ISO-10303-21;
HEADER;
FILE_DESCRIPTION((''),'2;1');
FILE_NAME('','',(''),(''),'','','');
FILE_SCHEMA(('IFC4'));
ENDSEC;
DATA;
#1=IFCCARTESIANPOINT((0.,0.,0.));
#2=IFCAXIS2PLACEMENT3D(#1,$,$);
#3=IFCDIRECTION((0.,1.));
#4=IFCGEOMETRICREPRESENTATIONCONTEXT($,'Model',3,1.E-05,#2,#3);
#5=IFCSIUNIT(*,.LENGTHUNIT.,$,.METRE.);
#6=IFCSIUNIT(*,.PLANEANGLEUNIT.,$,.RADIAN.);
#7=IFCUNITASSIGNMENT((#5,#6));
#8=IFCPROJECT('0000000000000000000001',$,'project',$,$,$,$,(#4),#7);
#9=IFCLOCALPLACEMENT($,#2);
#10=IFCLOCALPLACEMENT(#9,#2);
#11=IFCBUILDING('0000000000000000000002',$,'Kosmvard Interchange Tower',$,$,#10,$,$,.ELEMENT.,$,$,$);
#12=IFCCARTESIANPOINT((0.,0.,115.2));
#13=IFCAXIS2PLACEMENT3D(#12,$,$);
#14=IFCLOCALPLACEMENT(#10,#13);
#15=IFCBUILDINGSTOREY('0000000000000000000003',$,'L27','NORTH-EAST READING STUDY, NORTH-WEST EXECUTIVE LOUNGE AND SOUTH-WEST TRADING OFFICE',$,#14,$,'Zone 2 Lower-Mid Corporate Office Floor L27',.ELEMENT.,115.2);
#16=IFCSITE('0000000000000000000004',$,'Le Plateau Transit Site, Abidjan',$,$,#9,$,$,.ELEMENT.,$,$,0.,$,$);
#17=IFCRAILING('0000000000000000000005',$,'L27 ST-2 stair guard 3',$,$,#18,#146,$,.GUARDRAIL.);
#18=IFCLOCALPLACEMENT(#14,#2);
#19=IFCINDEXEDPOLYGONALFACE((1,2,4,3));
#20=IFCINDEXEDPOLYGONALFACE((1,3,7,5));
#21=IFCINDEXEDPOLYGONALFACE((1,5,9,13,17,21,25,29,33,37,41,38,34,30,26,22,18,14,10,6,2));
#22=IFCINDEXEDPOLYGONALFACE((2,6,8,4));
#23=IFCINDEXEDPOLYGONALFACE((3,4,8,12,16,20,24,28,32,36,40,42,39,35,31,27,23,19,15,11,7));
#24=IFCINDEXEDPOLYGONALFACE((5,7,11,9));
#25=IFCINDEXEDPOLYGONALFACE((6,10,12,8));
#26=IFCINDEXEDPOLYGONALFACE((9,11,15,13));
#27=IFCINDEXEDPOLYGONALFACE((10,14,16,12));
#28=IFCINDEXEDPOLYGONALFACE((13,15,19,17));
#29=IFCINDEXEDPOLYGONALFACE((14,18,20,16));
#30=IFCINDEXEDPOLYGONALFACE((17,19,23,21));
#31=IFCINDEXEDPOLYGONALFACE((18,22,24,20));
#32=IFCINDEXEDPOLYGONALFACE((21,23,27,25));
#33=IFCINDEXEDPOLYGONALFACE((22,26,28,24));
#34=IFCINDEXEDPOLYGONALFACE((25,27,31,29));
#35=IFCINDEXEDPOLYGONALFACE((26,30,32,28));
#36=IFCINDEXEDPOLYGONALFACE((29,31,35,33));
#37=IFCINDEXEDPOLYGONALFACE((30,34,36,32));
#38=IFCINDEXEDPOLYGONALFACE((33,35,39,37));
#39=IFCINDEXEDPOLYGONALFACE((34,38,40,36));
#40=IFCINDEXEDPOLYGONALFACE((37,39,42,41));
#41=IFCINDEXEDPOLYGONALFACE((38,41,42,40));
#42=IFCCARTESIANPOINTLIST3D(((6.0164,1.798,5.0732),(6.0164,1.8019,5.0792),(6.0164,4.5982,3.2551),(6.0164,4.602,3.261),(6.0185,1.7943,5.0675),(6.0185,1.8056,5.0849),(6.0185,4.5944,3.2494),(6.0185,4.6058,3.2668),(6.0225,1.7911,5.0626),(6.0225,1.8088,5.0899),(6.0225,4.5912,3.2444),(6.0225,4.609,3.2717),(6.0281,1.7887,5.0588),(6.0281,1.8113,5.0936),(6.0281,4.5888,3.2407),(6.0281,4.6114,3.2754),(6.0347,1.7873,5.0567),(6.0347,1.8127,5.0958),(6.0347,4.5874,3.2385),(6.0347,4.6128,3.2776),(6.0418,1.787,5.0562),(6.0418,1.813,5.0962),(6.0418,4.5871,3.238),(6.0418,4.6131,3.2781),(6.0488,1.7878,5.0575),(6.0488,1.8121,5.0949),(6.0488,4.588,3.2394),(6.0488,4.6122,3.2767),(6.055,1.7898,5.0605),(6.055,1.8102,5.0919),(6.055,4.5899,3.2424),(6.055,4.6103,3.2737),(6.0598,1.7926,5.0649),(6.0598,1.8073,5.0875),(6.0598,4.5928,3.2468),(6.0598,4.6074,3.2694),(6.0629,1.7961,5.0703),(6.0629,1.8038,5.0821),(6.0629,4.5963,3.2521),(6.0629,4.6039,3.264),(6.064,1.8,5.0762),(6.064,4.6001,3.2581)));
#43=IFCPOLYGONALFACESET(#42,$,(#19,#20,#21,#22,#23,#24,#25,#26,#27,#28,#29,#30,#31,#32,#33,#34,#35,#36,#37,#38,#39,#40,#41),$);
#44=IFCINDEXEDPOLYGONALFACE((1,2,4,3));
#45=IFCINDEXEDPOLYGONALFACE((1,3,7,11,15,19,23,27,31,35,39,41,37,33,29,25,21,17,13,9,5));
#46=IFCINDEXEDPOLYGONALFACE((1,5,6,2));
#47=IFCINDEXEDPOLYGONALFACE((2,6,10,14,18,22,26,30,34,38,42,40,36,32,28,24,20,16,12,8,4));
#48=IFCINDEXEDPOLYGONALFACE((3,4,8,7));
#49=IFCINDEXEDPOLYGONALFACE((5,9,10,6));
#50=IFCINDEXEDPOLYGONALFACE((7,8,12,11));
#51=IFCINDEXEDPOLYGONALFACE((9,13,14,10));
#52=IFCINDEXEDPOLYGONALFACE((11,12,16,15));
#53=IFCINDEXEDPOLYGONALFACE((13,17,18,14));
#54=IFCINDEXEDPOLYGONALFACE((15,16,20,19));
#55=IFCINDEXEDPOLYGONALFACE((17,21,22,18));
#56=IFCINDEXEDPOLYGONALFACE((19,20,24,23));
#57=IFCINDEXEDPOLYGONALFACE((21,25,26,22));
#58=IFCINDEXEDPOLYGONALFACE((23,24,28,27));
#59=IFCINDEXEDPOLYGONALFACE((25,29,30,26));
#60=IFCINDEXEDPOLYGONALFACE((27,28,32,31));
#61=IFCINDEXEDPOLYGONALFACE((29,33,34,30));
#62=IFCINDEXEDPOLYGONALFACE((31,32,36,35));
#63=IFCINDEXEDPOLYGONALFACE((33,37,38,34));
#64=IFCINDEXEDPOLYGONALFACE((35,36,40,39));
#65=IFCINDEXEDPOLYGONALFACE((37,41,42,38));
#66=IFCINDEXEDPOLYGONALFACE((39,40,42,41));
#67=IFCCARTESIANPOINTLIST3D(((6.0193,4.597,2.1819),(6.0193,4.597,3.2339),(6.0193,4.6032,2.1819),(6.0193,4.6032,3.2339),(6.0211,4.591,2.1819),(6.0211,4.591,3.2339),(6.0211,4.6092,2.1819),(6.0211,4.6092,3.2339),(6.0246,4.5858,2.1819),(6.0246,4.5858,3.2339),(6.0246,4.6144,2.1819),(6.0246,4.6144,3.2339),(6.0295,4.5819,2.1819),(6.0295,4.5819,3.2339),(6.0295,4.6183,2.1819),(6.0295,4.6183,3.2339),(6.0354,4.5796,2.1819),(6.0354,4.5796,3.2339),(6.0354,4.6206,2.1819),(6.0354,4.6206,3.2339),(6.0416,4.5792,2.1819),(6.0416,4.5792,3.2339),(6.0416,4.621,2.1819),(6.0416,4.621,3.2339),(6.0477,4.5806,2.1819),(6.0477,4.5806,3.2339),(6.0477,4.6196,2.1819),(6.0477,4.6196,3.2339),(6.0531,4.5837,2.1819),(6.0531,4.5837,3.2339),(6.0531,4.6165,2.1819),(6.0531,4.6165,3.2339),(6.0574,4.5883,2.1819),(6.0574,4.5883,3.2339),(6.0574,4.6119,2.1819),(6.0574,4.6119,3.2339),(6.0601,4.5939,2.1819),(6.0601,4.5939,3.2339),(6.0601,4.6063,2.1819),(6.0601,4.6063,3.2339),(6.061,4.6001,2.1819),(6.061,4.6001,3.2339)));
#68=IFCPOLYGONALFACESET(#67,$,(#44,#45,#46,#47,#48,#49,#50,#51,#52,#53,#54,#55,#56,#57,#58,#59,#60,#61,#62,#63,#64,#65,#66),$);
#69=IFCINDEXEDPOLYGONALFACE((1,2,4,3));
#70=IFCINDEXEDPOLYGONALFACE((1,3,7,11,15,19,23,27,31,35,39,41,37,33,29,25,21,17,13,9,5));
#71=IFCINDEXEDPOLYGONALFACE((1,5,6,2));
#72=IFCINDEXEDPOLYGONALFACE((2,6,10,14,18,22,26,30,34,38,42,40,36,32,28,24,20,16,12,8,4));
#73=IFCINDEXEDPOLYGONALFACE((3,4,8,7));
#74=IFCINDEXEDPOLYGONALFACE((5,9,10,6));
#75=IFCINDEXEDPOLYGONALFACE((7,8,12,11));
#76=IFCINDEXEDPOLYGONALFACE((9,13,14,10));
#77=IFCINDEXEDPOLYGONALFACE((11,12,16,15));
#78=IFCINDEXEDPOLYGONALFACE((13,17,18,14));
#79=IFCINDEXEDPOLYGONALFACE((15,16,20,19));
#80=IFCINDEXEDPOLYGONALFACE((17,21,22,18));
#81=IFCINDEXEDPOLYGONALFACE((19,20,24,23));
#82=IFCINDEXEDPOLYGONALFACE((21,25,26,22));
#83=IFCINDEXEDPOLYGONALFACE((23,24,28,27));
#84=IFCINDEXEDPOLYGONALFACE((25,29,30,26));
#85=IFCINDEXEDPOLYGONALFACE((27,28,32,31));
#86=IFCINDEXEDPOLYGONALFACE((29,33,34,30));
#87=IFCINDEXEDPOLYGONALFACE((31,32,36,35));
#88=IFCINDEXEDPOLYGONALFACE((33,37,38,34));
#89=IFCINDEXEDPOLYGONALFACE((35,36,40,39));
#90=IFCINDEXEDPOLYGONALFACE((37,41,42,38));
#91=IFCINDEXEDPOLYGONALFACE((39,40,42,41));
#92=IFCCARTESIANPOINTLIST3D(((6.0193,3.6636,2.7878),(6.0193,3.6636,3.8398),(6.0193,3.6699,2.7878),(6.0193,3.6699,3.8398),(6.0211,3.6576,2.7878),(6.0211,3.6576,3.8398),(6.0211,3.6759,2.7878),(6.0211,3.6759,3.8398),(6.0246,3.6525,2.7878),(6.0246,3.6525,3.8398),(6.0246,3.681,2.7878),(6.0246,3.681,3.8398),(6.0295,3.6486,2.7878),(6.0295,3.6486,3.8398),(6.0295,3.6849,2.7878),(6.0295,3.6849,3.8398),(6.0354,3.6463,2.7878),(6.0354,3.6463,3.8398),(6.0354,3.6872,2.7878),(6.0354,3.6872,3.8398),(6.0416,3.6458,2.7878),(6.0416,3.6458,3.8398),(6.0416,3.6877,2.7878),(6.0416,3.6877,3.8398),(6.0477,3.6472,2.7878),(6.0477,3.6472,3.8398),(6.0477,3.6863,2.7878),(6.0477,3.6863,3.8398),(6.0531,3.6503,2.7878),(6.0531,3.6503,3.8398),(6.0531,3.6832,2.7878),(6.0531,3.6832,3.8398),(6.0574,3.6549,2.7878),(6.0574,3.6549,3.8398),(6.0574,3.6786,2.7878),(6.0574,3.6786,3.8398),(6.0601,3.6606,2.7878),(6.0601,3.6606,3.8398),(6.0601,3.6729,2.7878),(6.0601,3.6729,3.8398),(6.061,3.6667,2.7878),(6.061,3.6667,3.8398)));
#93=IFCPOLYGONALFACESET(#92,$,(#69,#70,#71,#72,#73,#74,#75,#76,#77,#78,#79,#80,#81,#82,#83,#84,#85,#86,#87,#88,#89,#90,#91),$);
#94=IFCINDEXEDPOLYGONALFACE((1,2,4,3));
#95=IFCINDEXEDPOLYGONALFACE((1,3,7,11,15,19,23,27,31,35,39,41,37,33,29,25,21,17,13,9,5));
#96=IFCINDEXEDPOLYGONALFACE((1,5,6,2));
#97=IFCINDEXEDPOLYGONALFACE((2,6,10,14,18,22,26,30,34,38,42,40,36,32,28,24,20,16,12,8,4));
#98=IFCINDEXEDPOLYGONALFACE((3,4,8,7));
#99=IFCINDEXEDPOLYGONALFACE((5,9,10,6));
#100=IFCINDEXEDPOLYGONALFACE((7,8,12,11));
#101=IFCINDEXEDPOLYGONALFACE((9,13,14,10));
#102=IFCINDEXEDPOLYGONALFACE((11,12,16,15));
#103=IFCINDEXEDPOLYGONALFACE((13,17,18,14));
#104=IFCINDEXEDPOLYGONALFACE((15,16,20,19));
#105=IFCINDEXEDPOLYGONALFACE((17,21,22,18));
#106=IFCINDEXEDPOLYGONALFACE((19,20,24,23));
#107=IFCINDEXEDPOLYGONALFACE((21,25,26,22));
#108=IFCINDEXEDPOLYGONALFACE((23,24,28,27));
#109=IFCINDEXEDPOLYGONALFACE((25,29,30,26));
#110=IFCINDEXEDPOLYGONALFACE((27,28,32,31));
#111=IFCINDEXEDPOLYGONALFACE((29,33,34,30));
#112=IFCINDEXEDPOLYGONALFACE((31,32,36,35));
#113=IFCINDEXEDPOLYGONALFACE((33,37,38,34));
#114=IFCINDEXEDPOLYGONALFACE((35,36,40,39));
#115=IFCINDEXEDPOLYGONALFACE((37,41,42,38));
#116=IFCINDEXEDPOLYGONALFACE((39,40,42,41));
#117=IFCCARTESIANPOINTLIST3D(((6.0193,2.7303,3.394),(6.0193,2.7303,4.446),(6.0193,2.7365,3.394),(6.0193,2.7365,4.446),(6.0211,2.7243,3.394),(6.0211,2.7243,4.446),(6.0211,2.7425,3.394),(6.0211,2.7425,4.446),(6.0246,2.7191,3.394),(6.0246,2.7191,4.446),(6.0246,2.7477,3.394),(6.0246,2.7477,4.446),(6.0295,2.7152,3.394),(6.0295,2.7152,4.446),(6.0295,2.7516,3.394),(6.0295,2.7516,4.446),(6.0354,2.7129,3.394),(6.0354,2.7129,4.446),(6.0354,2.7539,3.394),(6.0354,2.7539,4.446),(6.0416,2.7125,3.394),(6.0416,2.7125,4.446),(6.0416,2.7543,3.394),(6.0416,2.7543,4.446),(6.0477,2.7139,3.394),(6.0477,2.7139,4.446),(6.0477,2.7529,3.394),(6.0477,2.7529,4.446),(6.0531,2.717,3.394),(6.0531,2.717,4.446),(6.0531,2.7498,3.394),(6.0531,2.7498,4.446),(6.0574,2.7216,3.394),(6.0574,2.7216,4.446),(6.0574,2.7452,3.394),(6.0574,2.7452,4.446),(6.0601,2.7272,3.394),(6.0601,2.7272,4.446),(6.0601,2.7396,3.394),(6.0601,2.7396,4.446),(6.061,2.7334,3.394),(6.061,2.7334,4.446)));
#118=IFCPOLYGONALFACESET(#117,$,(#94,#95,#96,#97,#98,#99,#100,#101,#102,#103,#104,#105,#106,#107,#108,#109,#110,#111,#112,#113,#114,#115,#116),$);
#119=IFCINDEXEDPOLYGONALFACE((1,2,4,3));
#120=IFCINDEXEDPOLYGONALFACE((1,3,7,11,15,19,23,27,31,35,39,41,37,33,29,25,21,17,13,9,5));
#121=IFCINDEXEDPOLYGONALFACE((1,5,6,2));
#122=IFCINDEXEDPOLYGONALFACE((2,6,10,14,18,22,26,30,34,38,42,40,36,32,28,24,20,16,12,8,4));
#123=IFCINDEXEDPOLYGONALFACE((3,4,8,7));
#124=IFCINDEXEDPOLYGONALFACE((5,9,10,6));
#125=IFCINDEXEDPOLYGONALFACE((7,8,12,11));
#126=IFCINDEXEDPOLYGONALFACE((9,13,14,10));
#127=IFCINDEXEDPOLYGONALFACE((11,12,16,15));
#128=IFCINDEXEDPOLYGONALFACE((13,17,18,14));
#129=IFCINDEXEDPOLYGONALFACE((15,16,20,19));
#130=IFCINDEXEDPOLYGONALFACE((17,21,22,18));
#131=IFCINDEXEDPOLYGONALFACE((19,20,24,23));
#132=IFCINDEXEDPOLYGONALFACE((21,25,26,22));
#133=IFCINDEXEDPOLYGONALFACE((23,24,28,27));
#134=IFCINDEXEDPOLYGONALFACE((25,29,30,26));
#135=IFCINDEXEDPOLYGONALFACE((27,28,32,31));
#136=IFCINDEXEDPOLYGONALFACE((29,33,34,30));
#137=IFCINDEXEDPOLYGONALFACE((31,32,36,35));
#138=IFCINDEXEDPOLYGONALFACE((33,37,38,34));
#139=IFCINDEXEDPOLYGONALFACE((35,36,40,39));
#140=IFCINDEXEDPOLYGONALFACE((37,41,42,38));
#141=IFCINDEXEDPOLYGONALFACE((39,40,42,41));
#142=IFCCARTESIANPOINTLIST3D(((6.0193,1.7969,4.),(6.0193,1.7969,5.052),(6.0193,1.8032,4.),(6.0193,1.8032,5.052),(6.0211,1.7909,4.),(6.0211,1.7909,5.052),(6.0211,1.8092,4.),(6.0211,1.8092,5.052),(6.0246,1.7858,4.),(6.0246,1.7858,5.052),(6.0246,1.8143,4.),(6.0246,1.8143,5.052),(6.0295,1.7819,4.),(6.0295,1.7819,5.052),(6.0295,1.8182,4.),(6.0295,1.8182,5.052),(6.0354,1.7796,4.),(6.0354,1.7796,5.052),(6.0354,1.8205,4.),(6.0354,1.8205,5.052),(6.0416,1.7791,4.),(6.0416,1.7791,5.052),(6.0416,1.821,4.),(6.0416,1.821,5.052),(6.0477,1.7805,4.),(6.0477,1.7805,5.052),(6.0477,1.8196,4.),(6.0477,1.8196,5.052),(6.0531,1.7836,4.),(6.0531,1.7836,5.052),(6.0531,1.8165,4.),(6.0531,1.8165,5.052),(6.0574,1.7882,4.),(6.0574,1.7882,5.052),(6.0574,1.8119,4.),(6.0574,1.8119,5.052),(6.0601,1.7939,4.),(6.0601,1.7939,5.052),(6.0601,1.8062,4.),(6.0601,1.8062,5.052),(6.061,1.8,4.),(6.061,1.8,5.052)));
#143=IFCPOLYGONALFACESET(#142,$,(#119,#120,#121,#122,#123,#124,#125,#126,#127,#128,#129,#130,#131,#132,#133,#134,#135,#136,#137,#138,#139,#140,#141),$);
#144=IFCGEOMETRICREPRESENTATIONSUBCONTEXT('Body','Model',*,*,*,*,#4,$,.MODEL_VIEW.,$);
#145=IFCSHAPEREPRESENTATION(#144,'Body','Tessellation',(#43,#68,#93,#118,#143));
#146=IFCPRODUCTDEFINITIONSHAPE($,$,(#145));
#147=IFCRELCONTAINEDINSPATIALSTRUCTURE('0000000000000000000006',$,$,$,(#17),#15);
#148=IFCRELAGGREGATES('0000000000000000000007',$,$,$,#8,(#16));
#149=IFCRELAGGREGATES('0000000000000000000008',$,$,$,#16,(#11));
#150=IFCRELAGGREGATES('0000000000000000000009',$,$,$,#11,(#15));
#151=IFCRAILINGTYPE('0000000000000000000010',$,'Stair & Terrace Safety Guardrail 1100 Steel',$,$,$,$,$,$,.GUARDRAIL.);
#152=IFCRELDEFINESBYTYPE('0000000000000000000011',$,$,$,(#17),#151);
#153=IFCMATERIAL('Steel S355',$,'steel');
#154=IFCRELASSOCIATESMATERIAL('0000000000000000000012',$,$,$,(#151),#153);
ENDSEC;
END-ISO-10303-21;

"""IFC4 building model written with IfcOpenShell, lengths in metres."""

from ifc_helpers import new_model, si_unit, direction, frame, origin, origin_2d, place, context, subcontext, project, spatial, circle, extrude, source, transform, mapped, material, type_object, element, save


model = new_model("IFC4")

# Units and contexts
model_context = context("Model", 3, precision=1e-05, world=origin(), true_north=direction((0.0, 1.0)))
body_context = subcontext(model_context, "Body", "Model", "MODEL_VIEW")
ifc_project = project(units=[si_unit("LENGTHUNIT", "METRE"), si_unit("PLANEANGLEUNIT", "RADIAN")], contexts=[model_context])

# Site, building, storey
site_placement = place(None, origin())
site = spatial("IfcSite", under=ifc_project, at=site_placement, Name="Le Plateau Transit Site, Abidjan", CompositionType="ELEMENT", RefElevation=0.0)
building_placement = place(site_placement, origin())
building = spatial("IfcBuilding", under=site, at=building_placement, Name="Kosmvard Interchange Tower", CompositionType="ELEMENT")
storey_placement = place(building_placement, frame((0.0, 0.0, 115.2)))
storey = spatial("IfcBuildingStorey", under=building, at=storey_placement, Name="L27", Description="NORTH-EAST READING STUDY, NORTH-WEST EXECUTIVE LOUNGE AND SOUTH-WEST TRADING OFFICE", LongName="Zone 2 Lower-Mid Corporate Office Floor L27", CompositionType="ELEMENT", Elevation=115.2)

# Shared definitions
ifc_material_1 = material(Name="Steel S355", Category="steel")

# Railing
railing_type_1 = type_object("IfcRailingType", Name="Stair & Terrace Safety Guardrail 1100 Steel", PredefinedType="GUARDRAIL", material=ifc_material_1)
shared_shape_1 = source(origin(), body_context, "Body", "SweptSolid", [
    extrude(circle(Radius=0.0239, at=origin_2d()), frame((0.0, 0.0, 1.0762), z_axis=(0.0, -0.838706, 0.544585), x_axis=(1.0, 0.0, 0.0)), (0.0, 0.0, 1.0), 3.3386),
    extrude(circle(Radius=0.021, at=origin_2d()), origin(), (0.0, 0.0, 1.0), 1.052),
    extrude(circle(Radius=0.021, at=origin_2d()), frame((0.0, -0.9333, 0.606)), (0.0, 0.0, 1.0), 1.052),
    extrude(circle(Radius=0.021, at=origin_2d()), frame((0.0, -1.8667, 1.2122)), (0.0, 0.0, 1.0), 1.052),
    extrude(circle(Radius=0.021, at=origin_2d()), frame((0.0, -2.8, 1.8181)), (0.0, 0.0, 1.0), 1.052),
])
railing_1_placement = place(storey_placement, frame((6.04, 4.6001, 2.1819)))
element("IfcRailing", 1, at=railing_1_placement, inside=storey, type_object=railing_type_1, Name="L27 ST-2 stair guard 3", PredefinedType="GUARDRAIL", context=body_context, shape_type="MappedRepresentation", body=[
    mapped(shared_shape_1, transform((0.0, 0.0, 0.0), scale=1.0)),
])

save(model, "model.ifc")
